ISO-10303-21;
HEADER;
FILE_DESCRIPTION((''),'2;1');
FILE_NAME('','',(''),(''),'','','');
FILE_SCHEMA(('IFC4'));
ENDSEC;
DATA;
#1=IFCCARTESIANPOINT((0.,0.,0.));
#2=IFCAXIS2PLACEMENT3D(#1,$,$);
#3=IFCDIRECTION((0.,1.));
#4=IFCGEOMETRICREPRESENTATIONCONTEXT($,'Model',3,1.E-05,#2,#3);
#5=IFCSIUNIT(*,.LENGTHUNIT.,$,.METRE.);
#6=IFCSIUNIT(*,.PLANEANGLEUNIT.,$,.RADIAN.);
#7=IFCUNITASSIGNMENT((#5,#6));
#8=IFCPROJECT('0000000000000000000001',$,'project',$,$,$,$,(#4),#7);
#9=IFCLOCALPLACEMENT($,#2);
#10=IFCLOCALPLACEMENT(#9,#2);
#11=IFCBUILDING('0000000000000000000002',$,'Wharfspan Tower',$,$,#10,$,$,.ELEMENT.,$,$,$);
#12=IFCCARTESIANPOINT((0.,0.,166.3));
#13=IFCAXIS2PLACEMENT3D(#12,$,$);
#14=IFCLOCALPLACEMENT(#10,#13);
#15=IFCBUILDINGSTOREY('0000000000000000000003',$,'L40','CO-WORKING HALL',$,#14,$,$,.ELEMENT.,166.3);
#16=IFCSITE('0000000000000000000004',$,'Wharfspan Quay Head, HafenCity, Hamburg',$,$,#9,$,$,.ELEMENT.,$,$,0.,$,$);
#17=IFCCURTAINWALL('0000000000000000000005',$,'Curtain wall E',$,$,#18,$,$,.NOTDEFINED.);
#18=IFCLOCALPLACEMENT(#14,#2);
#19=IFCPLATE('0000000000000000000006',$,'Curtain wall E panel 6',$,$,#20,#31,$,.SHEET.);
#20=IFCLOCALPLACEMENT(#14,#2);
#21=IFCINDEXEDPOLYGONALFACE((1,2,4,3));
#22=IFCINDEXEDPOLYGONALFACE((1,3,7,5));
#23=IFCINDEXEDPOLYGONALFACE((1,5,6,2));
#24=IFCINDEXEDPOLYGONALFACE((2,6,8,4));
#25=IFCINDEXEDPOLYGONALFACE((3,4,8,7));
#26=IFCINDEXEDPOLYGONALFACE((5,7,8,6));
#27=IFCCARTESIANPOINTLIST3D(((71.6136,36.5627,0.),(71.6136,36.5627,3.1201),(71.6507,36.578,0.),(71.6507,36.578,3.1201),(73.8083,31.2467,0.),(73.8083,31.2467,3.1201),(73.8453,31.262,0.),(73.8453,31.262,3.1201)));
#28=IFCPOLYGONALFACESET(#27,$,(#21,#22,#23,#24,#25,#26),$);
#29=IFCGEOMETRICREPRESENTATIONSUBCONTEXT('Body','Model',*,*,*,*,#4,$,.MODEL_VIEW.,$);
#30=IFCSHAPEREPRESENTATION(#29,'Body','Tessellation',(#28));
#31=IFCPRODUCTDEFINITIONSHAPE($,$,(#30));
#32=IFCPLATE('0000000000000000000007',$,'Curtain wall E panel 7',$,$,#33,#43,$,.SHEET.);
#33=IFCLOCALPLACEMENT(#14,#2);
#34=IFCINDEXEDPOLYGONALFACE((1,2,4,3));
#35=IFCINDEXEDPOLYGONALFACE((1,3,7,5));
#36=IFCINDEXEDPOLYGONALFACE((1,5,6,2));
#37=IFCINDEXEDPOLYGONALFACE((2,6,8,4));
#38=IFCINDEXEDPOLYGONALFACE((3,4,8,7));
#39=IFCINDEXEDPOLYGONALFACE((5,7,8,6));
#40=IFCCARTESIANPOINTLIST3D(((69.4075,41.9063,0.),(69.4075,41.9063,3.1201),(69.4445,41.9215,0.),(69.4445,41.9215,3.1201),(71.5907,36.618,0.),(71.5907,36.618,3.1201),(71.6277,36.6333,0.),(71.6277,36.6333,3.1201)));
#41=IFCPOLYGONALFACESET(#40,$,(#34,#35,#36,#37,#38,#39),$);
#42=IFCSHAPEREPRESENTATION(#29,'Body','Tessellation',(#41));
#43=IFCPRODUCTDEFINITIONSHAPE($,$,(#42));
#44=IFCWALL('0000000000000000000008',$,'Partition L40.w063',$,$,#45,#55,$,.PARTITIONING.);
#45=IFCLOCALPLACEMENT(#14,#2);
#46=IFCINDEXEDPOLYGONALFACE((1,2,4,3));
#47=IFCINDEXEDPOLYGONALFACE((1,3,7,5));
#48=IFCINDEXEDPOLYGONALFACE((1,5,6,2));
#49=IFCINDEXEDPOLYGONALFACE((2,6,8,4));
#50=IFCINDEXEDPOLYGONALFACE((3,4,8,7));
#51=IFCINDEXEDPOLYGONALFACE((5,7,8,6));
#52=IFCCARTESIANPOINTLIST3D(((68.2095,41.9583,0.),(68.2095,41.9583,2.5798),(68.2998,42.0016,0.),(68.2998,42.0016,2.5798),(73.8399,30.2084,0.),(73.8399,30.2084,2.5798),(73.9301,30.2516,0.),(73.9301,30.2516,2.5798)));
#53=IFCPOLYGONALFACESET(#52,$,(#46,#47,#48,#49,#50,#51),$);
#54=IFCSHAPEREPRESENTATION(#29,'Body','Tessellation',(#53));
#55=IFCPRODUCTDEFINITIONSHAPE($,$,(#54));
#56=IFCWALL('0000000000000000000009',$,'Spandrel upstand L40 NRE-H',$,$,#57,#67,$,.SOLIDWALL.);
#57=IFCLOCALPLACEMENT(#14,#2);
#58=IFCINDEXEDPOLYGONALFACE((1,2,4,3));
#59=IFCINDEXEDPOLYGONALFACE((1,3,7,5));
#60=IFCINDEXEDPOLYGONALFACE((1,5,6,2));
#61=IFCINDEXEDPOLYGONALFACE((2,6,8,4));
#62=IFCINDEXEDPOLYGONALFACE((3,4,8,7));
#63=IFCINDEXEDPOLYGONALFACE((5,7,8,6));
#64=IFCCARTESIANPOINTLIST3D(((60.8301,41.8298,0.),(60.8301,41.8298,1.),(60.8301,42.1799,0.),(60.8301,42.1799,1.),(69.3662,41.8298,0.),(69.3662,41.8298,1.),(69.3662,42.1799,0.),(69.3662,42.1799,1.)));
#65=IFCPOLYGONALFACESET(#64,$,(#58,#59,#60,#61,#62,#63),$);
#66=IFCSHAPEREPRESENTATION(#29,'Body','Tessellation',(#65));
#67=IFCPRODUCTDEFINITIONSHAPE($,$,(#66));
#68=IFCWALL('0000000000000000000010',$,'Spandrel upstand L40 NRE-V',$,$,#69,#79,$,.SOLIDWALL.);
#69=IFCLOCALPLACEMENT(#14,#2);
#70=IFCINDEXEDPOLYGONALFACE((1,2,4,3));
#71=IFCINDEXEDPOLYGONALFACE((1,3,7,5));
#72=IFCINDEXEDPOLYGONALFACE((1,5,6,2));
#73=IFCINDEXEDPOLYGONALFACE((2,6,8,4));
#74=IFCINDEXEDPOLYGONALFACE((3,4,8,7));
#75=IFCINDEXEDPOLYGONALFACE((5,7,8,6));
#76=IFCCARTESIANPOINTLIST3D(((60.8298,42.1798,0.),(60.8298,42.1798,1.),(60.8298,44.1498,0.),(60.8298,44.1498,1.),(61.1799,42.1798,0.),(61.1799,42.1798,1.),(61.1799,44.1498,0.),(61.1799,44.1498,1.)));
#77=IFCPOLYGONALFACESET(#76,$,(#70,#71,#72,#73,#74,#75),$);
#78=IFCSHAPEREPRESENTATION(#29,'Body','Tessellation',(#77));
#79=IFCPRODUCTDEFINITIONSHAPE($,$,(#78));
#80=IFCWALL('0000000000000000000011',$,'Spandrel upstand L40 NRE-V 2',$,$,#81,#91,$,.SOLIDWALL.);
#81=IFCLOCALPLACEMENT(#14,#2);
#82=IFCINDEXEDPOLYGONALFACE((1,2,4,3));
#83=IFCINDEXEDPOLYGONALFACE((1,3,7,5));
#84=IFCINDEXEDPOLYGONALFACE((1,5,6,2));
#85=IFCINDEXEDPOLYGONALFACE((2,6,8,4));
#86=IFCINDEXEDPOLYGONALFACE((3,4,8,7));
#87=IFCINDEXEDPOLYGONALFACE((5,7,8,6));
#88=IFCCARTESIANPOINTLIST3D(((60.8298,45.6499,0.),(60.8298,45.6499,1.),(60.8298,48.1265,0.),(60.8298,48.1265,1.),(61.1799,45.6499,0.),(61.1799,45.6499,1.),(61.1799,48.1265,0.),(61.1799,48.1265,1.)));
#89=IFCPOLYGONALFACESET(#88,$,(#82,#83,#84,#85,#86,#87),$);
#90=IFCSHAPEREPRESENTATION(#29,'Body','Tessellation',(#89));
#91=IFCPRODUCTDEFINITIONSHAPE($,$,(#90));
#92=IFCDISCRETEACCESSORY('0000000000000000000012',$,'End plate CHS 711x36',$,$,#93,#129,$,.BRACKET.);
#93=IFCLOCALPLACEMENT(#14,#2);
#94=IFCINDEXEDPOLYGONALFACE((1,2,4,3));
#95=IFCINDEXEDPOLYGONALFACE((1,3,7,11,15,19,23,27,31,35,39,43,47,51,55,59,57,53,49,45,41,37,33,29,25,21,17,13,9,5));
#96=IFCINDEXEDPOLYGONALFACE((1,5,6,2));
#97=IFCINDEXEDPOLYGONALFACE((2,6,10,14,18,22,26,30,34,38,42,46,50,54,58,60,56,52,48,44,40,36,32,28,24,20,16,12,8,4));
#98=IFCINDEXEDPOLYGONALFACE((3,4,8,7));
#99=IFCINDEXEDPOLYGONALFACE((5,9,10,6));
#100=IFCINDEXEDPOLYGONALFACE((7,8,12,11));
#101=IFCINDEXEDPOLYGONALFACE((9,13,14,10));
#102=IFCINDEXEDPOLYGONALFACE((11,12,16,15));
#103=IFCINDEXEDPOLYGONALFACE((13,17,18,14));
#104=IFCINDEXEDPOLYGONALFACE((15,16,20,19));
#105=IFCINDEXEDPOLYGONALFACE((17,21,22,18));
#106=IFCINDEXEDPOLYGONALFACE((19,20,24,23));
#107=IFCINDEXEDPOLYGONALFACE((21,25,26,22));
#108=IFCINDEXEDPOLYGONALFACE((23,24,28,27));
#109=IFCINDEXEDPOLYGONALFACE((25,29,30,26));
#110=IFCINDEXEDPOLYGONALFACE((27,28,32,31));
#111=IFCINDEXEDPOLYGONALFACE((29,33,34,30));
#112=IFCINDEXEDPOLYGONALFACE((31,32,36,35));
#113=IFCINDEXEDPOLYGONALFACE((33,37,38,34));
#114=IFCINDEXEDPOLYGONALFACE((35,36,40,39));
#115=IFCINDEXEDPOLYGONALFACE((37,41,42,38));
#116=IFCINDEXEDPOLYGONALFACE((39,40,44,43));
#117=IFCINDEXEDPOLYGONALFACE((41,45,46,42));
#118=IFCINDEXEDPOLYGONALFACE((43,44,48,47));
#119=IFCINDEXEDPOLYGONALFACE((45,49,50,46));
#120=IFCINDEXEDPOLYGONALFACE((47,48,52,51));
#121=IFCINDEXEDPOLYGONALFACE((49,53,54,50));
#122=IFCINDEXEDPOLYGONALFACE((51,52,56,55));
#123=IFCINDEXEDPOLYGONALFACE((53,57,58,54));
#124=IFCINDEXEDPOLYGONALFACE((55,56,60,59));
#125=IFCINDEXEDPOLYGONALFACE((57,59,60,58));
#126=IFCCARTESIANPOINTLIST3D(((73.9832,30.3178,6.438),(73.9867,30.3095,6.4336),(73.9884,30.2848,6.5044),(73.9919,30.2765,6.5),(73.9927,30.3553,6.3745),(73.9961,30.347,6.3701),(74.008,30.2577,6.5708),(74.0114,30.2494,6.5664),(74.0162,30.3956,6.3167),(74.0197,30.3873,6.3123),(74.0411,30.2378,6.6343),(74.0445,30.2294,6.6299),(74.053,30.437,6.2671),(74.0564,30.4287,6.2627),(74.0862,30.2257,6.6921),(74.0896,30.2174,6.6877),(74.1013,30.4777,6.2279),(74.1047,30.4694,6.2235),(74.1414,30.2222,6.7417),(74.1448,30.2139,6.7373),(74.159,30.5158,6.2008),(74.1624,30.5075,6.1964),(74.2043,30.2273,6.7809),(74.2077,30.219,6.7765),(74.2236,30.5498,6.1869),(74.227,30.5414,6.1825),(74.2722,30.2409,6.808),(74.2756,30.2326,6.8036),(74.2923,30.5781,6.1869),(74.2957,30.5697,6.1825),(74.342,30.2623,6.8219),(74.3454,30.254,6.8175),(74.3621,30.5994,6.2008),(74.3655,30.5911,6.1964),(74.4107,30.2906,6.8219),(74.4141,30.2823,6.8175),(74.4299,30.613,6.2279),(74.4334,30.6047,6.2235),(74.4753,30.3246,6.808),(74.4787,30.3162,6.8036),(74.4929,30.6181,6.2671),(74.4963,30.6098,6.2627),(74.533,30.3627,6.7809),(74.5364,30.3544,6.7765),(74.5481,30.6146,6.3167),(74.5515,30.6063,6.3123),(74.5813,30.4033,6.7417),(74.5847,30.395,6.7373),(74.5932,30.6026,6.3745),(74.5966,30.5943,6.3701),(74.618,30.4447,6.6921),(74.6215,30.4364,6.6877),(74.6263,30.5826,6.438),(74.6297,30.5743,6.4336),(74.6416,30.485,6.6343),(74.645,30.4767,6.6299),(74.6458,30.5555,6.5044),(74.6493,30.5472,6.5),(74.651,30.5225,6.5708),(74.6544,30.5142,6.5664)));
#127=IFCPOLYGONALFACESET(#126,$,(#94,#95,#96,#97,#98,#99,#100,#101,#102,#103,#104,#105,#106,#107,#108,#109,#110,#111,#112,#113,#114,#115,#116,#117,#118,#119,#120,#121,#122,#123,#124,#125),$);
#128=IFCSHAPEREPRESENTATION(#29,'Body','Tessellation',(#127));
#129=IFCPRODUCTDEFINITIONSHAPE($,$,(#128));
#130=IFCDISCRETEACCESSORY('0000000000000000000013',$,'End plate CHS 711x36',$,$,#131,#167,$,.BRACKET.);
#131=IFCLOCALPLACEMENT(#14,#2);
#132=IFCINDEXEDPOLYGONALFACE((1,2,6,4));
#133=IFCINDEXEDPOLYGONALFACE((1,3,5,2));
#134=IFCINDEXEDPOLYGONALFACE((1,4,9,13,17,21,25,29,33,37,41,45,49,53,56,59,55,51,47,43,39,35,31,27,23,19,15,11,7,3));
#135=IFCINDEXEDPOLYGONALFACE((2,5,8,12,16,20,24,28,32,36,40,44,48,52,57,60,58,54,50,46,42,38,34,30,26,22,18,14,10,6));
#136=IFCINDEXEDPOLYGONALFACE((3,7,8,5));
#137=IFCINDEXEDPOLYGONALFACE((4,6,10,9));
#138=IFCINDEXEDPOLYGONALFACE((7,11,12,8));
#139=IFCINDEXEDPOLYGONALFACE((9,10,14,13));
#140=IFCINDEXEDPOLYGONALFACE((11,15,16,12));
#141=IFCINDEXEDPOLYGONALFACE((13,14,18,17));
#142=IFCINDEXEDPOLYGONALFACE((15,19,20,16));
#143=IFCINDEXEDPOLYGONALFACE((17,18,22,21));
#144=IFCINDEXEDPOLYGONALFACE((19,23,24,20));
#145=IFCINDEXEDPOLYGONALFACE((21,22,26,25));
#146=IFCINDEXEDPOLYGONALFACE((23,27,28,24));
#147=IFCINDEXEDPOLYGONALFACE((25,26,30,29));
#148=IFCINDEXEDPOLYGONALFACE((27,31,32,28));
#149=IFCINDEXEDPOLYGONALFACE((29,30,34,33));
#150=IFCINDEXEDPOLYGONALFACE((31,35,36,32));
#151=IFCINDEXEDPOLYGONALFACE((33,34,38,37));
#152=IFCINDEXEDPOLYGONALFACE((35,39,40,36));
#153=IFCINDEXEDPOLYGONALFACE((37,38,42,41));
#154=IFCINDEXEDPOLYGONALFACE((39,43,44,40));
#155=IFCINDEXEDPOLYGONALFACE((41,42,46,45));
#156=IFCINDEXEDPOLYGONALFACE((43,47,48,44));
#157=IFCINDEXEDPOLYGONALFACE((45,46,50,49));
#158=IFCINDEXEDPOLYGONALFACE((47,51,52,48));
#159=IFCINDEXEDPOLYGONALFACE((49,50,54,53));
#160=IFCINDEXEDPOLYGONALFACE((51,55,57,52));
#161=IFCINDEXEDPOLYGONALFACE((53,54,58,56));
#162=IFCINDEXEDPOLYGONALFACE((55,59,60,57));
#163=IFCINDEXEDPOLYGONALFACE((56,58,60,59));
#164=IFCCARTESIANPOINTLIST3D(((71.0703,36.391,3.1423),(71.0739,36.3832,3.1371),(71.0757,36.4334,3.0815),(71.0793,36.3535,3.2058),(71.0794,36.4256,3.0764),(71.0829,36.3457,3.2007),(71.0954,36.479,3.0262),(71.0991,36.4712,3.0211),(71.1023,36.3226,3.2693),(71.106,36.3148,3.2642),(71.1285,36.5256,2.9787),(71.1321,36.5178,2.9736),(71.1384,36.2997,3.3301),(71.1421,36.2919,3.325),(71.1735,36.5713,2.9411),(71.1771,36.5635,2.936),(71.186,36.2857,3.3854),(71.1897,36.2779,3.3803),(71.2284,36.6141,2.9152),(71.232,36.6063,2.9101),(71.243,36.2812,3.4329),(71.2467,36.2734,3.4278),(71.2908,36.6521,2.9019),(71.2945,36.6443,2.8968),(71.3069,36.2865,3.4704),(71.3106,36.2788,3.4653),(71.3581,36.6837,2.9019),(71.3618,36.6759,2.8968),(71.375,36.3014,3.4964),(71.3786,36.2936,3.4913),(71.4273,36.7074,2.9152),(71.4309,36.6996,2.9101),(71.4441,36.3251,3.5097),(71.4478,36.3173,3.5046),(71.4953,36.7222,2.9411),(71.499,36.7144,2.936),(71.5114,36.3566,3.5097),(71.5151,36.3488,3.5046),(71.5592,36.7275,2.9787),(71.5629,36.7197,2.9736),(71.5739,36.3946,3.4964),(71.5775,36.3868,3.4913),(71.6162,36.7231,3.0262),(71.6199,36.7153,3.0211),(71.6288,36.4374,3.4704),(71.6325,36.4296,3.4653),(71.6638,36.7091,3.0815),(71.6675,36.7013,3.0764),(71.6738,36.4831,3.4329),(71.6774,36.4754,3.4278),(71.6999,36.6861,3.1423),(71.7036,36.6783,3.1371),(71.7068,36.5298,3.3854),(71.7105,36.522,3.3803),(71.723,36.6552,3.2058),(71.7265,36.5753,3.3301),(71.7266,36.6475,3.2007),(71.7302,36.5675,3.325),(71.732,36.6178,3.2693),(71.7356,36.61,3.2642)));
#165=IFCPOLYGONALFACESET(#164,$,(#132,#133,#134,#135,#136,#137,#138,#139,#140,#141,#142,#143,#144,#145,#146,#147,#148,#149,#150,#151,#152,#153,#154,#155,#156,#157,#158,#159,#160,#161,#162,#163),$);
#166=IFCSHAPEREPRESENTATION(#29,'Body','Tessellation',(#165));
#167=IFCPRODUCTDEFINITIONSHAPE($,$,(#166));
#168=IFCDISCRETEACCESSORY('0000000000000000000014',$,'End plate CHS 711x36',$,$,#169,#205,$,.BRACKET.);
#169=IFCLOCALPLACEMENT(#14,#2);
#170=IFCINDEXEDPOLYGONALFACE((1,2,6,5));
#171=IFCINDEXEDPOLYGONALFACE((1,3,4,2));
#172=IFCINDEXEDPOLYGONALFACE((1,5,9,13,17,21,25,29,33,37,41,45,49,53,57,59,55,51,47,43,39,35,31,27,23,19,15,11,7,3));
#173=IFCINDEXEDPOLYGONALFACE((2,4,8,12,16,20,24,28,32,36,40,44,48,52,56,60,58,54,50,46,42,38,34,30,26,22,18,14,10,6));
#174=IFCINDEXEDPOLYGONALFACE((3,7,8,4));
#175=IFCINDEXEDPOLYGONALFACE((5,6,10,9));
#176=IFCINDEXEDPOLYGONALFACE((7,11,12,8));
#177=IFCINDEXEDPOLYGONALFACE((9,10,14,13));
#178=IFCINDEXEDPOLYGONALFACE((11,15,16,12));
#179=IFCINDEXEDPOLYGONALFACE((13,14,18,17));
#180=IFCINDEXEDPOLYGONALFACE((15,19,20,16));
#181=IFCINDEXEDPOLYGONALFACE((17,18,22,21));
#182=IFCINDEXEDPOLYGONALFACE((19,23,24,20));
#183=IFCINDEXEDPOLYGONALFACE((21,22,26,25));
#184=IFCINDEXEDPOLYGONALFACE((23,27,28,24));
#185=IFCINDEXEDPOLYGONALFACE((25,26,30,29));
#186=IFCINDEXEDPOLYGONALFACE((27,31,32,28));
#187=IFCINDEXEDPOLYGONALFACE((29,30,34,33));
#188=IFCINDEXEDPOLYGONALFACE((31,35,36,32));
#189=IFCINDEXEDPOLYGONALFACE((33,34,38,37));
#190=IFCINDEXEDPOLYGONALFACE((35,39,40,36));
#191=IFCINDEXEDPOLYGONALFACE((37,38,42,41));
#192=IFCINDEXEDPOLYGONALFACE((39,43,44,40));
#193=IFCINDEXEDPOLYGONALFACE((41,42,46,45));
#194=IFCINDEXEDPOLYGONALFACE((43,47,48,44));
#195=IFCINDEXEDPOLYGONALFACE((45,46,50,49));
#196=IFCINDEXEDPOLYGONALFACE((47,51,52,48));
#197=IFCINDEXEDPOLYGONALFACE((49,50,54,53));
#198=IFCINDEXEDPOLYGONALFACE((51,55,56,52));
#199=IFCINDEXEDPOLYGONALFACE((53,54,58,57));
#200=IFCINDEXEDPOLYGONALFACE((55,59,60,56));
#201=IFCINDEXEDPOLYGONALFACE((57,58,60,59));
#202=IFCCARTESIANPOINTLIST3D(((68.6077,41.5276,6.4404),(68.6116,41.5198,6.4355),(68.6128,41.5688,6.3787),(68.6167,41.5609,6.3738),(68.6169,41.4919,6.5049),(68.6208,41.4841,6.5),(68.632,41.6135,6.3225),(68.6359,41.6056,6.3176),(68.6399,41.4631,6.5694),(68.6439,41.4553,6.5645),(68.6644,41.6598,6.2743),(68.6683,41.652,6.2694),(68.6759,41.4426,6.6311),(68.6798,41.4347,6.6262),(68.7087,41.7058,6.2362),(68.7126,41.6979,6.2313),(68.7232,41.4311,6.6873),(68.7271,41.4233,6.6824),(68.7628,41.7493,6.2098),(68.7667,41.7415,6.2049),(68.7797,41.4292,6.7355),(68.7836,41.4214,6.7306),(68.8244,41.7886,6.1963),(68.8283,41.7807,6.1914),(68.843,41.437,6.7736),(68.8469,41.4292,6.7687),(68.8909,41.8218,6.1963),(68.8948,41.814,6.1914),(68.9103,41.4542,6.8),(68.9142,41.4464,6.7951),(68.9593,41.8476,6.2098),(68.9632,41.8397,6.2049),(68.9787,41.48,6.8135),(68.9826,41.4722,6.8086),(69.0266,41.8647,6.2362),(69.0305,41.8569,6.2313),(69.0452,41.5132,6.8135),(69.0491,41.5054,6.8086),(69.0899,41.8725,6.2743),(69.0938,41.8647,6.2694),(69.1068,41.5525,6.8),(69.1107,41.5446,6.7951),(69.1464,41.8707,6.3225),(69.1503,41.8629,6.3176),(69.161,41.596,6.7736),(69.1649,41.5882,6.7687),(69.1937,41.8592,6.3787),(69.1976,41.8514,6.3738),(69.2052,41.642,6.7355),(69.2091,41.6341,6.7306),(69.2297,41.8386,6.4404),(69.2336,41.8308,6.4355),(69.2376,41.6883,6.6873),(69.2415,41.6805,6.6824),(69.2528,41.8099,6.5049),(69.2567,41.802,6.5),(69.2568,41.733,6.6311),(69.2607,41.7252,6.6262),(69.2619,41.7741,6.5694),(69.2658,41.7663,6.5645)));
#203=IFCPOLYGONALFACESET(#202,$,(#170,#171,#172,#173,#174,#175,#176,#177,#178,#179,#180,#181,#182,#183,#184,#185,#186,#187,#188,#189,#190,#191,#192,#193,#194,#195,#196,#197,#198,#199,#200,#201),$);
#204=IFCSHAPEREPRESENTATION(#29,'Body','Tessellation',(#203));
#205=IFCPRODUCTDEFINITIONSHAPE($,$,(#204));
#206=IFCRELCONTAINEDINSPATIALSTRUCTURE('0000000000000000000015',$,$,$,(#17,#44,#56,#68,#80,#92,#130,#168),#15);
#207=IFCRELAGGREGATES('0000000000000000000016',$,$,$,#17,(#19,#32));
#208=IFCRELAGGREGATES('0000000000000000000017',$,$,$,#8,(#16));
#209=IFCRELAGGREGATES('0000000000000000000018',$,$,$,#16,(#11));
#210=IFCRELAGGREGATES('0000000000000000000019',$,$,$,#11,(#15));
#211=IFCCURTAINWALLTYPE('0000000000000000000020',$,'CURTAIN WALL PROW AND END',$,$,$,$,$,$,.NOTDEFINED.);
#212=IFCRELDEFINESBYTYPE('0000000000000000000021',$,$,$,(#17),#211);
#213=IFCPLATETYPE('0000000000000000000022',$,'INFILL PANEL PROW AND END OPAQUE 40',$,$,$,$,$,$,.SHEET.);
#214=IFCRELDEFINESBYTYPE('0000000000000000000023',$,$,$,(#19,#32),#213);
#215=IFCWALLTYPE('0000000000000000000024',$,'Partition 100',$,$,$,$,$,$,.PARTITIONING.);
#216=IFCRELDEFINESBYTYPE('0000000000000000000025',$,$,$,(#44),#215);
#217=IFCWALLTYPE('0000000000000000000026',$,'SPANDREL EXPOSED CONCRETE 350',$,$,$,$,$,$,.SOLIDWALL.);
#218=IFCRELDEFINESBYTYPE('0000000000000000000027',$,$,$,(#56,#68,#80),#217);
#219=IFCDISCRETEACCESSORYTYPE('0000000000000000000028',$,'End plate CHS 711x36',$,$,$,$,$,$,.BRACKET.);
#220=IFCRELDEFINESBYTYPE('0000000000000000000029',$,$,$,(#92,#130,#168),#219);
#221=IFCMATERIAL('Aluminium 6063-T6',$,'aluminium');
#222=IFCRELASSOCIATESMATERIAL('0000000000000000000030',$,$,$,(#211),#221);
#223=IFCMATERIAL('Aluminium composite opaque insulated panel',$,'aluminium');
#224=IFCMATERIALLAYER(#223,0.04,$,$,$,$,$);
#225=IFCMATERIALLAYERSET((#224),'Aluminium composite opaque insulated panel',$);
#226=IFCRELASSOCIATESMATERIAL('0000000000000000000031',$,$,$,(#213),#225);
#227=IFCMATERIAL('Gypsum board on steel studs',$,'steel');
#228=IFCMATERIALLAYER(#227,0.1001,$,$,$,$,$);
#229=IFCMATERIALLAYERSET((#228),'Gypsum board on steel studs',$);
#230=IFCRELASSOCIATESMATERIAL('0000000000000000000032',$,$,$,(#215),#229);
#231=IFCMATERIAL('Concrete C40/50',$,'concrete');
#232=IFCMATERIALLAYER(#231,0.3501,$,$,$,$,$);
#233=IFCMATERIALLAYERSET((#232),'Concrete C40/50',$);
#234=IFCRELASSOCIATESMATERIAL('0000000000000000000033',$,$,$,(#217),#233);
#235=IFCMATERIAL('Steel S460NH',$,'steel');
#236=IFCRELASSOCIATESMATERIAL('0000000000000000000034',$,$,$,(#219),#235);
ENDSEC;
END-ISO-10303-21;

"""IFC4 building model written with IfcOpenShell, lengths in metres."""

from ifc_helpers import new_model, si_unit, direction, frame, frame_2d, origin, origin_2d, place, context, subcontext, project, spatial, rectangle, circle, extrude, material, layer, layer_set, material_profile, profile_set, type_object, element, aggregate, save


model = new_model("IFC4")

# Units and contexts
model_context = context("Model", 3, precision=1e-05, world=origin(), true_north=direction((0.0, 1.0)))
body_context = subcontext(model_context, "Body", "Model", "MODEL_VIEW")
ifc_project = project(units=[si_unit("LENGTHUNIT", "METRE"), si_unit("PLANEANGLEUNIT", "RADIAN")], contexts=[model_context])

# Site, building, storey
site_placement = place(None, origin())
site = spatial("IfcSite", under=ifc_project, at=site_placement, Name="Wharfspan Quay Head, HafenCity, Hamburg", CompositionType="ELEMENT", RefElevation=0.0)
building_placement = place(site_placement, origin())
building = spatial("IfcBuilding", under=site, at=building_placement, Name="Wharfspan Tower", CompositionType="ELEMENT")
storey_placement = place(building_placement, frame((0.0, 0.0, 166.3)))
storey = spatial("IfcBuildingStorey", under=building, at=storey_placement, Name="L40", Description="CO-WORKING HALL", CompositionType="ELEMENT", Elevation=166.3)

# Curtain wall
ifc_material_1 = material(Name="Aluminium 6063-T6", Category="aluminium")
curtain_wall_type = type_object("IfcCurtainWallType", Name="CURTAIN WALL PROW AND END", PredefinedType="NOTDEFINED", material=ifc_material_1)
curtain_wall_1_placement = place(storey_placement, origin())
curtain_wall_1 = element("IfcCurtainWall", 1, at=curtain_wall_1_placement, inside=storey, type_object=curtain_wall_type, Name="Curtain wall E", PredefinedType="NOTDEFINED")

# Shared definitions
ifc_material_2 = material(Name="Steel S460NH", Category="steel")

# Plates
ifc_material_3 = material(Name="Aluminium composite opaque insulated panel", Category="aluminium")
ifc_layer_1 = layer(ifc_material_3, 0.04)
ifc_layer_set_1 = layer_set([ifc_layer_1], Name="Aluminium composite opaque insulated panel")
plate_type_1 = type_object("IfcPlateType", Name="INFILL PANEL PROW AND END OPAQUE 40", PredefinedType="SHEET", material=ifc_layer_set_1)
plate_1_placement = place(storey_placement, frame((72.7295, 33.9124, 0.0), z_axis=(0.0, 0.0, 1.0), x_axis=(-0.381602, 0.924325, 0.0)))
plate_1 = element("IfcPlate", 2, at=plate_1_placement, type_object=plate_type_1, Name="Curtain wall E panel 6", PredefinedType="SHEET", context=body_context, shape_type="SweptSolid", body=[
    extrude(rectangle(XDim=5.7512, YDim=0.04, at=origin_2d()), origin(), (0.0, 0.0, 1.0), 3.1201),
])
plate_2_placement = place(storey_placement, frame((70.5176, 39.2698, 0.0), z_axis=(0.0, 0.0, 1.0), x_axis=(-0.381602, 0.924325, 0.0)))
plate_2 = element("IfcPlate", 3, at=plate_2_placement, type_object=plate_type_1, Name="Curtain wall E panel 7", PredefinedType="SHEET", context=body_context, shape_type="SweptSolid", body=[
    extrude(rectangle(XDim=5.7212, YDim=0.04, at=origin_2d()), origin(), (0.0, 0.0, 1.0), 3.1201),
])
aggregate(curtain_wall_1, [plate_1, plate_2])

# Walls
ifc_material_4 = material(Name="Gypsum board on steel studs", Category="steel")
ifc_layer_2 = layer(ifc_material_4, 0.1001)
ifc_layer_set_2 = layer_set([ifc_layer_2], Name="Gypsum board on steel studs")
wall_type_1 = type_object("IfcWallType", Name="Partition 100", PredefinedType="PARTITIONING", material=ifc_layer_set_2)
wall_1_placement = place(storey_placement, frame((73.885, 30.23, 0.0), z_axis=(0.0, 0.0, 1.0), x_axis=(-0.432129, 0.901808, 0.0)))
element("IfcWall", 4, at=wall_1_placement, inside=storey, type_object=wall_type_1, Name="Partition L40.w063", PredefinedType="PARTITIONING", context=body_context, shape_type="SweptSolid", body=[
    extrude(rectangle(XDim=13.0293, YDim=0.1001, at=frame_2d((6.5146, 0.0))), origin(), (0.0, 0.0, 1.0), 2.5798),
])
ifc_material_5 = material(Name="Concrete C40/50", Category="concrete")
ifc_layer_3 = layer(ifc_material_5, 0.3501)
ifc_layer_set_3 = layer_set([ifc_layer_3], Name="Concrete C40/50")
wall_type_2 = type_object("IfcWallType", Name="SPANDREL EXPOSED CONCRETE 350", PredefinedType="SOLIDWALL", material=ifc_layer_set_3)
wall_2_placement = place(storey_placement, frame((69.3662, 42.0049, 0.0), z_axis=(0.0, 0.0, 1.0), x_axis=(-1.0, 0.0, 0.0)))
element("IfcWall", 5, at=wall_2_placement, inside=storey, type_object=wall_type_2, Name="Spandrel upstand L40 NRE-H", PredefinedType="SOLIDWALL", context=body_context, shape_type="SweptSolid", body=[
    extrude(rectangle(XDim=8.5361, YDim=0.3501, at=frame_2d((4.2681, 0.0))), origin(), (0.0, 0.0, 1.0), 1.0),
])
wall_3_placement = place(storey_placement, frame((61.0049, 42.1799, 0.0), z_axis=(0.0, 0.0, 1.0), x_axis=(0.0, 1.0, 0.0)))
element("IfcWall", 6, at=wall_3_placement, inside=storey, type_object=wall_type_2, Name="Spandrel upstand L40 NRE-V", PredefinedType="SOLIDWALL", context=body_context, shape_type="SweptSolid", body=[
    extrude(rectangle(XDim=1.97, YDim=0.3501, at=frame_2d((0.9849, 0.0))), origin(), (0.0, 0.0, 1.0), 1.0),
])
wall_4_placement = place(storey_placement, frame((61.0049, 45.6499, 0.0), z_axis=(0.0, 0.0, 1.0), x_axis=(0.0, 1.0, 0.0)))
element("IfcWall", 7, at=wall_4_placement, inside=storey, type_object=wall_type_2, Name="Spandrel upstand L40 NRE-V 2", PredefinedType="SOLIDWALL", context=body_context, shape_type="SweptSolid", body=[
    extrude(rectangle(XDim=2.4766, YDim=0.3501, at=frame_2d((1.2383, 0.0))), origin(), (0.0, 0.0, 1.0), 1.0),
])

# Discrete accessories
ifc_material_profile_1 = material_profile(ifc_material_2, circle(Radius=0.3555, at=origin_2d()))
ifc_profile_set_1 = profile_set([ifc_material_profile_1], Name="Steel S460NH")
discrete_accessory_type = type_object("IfcDiscreteAccessoryType", Name="End plate CHS 711x36", PredefinedType="BRACKET", material=ifc_profile_set_1)
for number, where, z_axis, x_axis, name in (
    (8, (74.3206, 30.4119, 6.5), (-0.341972, 0.830504, 0.439679), (-0.924678, -0.380749, -0.000001), "End plate CHS 711x36"),
    (9, (71.4048, 36.4966, 3.2007), (-0.364878, 0.778407, 0.510829), (-0.905462, -0.424435, 0.0), "End plate CHS 711x36"),
    (10, (68.9387, 41.6431, 6.5), (-0.39036, 0.78072, 0.48795), (-0.894428, -0.447214, 0.0), "End plate CHS 711x36"),
):
    element("IfcDiscreteAccessory", number, at=place(storey_placement, frame(where, z_axis=z_axis, x_axis=x_axis)), inside=storey, type_object=discrete_accessory_type, Name=name, PredefinedType="BRACKET", context=body_context, shape_type="SweptSolid", body=[
        extrude(circle(Radius=0.3555, at=origin_2d()), origin(), (0.0, 0.0, 1.0), 0.01),
    ])

save(model, "model.ifc")
